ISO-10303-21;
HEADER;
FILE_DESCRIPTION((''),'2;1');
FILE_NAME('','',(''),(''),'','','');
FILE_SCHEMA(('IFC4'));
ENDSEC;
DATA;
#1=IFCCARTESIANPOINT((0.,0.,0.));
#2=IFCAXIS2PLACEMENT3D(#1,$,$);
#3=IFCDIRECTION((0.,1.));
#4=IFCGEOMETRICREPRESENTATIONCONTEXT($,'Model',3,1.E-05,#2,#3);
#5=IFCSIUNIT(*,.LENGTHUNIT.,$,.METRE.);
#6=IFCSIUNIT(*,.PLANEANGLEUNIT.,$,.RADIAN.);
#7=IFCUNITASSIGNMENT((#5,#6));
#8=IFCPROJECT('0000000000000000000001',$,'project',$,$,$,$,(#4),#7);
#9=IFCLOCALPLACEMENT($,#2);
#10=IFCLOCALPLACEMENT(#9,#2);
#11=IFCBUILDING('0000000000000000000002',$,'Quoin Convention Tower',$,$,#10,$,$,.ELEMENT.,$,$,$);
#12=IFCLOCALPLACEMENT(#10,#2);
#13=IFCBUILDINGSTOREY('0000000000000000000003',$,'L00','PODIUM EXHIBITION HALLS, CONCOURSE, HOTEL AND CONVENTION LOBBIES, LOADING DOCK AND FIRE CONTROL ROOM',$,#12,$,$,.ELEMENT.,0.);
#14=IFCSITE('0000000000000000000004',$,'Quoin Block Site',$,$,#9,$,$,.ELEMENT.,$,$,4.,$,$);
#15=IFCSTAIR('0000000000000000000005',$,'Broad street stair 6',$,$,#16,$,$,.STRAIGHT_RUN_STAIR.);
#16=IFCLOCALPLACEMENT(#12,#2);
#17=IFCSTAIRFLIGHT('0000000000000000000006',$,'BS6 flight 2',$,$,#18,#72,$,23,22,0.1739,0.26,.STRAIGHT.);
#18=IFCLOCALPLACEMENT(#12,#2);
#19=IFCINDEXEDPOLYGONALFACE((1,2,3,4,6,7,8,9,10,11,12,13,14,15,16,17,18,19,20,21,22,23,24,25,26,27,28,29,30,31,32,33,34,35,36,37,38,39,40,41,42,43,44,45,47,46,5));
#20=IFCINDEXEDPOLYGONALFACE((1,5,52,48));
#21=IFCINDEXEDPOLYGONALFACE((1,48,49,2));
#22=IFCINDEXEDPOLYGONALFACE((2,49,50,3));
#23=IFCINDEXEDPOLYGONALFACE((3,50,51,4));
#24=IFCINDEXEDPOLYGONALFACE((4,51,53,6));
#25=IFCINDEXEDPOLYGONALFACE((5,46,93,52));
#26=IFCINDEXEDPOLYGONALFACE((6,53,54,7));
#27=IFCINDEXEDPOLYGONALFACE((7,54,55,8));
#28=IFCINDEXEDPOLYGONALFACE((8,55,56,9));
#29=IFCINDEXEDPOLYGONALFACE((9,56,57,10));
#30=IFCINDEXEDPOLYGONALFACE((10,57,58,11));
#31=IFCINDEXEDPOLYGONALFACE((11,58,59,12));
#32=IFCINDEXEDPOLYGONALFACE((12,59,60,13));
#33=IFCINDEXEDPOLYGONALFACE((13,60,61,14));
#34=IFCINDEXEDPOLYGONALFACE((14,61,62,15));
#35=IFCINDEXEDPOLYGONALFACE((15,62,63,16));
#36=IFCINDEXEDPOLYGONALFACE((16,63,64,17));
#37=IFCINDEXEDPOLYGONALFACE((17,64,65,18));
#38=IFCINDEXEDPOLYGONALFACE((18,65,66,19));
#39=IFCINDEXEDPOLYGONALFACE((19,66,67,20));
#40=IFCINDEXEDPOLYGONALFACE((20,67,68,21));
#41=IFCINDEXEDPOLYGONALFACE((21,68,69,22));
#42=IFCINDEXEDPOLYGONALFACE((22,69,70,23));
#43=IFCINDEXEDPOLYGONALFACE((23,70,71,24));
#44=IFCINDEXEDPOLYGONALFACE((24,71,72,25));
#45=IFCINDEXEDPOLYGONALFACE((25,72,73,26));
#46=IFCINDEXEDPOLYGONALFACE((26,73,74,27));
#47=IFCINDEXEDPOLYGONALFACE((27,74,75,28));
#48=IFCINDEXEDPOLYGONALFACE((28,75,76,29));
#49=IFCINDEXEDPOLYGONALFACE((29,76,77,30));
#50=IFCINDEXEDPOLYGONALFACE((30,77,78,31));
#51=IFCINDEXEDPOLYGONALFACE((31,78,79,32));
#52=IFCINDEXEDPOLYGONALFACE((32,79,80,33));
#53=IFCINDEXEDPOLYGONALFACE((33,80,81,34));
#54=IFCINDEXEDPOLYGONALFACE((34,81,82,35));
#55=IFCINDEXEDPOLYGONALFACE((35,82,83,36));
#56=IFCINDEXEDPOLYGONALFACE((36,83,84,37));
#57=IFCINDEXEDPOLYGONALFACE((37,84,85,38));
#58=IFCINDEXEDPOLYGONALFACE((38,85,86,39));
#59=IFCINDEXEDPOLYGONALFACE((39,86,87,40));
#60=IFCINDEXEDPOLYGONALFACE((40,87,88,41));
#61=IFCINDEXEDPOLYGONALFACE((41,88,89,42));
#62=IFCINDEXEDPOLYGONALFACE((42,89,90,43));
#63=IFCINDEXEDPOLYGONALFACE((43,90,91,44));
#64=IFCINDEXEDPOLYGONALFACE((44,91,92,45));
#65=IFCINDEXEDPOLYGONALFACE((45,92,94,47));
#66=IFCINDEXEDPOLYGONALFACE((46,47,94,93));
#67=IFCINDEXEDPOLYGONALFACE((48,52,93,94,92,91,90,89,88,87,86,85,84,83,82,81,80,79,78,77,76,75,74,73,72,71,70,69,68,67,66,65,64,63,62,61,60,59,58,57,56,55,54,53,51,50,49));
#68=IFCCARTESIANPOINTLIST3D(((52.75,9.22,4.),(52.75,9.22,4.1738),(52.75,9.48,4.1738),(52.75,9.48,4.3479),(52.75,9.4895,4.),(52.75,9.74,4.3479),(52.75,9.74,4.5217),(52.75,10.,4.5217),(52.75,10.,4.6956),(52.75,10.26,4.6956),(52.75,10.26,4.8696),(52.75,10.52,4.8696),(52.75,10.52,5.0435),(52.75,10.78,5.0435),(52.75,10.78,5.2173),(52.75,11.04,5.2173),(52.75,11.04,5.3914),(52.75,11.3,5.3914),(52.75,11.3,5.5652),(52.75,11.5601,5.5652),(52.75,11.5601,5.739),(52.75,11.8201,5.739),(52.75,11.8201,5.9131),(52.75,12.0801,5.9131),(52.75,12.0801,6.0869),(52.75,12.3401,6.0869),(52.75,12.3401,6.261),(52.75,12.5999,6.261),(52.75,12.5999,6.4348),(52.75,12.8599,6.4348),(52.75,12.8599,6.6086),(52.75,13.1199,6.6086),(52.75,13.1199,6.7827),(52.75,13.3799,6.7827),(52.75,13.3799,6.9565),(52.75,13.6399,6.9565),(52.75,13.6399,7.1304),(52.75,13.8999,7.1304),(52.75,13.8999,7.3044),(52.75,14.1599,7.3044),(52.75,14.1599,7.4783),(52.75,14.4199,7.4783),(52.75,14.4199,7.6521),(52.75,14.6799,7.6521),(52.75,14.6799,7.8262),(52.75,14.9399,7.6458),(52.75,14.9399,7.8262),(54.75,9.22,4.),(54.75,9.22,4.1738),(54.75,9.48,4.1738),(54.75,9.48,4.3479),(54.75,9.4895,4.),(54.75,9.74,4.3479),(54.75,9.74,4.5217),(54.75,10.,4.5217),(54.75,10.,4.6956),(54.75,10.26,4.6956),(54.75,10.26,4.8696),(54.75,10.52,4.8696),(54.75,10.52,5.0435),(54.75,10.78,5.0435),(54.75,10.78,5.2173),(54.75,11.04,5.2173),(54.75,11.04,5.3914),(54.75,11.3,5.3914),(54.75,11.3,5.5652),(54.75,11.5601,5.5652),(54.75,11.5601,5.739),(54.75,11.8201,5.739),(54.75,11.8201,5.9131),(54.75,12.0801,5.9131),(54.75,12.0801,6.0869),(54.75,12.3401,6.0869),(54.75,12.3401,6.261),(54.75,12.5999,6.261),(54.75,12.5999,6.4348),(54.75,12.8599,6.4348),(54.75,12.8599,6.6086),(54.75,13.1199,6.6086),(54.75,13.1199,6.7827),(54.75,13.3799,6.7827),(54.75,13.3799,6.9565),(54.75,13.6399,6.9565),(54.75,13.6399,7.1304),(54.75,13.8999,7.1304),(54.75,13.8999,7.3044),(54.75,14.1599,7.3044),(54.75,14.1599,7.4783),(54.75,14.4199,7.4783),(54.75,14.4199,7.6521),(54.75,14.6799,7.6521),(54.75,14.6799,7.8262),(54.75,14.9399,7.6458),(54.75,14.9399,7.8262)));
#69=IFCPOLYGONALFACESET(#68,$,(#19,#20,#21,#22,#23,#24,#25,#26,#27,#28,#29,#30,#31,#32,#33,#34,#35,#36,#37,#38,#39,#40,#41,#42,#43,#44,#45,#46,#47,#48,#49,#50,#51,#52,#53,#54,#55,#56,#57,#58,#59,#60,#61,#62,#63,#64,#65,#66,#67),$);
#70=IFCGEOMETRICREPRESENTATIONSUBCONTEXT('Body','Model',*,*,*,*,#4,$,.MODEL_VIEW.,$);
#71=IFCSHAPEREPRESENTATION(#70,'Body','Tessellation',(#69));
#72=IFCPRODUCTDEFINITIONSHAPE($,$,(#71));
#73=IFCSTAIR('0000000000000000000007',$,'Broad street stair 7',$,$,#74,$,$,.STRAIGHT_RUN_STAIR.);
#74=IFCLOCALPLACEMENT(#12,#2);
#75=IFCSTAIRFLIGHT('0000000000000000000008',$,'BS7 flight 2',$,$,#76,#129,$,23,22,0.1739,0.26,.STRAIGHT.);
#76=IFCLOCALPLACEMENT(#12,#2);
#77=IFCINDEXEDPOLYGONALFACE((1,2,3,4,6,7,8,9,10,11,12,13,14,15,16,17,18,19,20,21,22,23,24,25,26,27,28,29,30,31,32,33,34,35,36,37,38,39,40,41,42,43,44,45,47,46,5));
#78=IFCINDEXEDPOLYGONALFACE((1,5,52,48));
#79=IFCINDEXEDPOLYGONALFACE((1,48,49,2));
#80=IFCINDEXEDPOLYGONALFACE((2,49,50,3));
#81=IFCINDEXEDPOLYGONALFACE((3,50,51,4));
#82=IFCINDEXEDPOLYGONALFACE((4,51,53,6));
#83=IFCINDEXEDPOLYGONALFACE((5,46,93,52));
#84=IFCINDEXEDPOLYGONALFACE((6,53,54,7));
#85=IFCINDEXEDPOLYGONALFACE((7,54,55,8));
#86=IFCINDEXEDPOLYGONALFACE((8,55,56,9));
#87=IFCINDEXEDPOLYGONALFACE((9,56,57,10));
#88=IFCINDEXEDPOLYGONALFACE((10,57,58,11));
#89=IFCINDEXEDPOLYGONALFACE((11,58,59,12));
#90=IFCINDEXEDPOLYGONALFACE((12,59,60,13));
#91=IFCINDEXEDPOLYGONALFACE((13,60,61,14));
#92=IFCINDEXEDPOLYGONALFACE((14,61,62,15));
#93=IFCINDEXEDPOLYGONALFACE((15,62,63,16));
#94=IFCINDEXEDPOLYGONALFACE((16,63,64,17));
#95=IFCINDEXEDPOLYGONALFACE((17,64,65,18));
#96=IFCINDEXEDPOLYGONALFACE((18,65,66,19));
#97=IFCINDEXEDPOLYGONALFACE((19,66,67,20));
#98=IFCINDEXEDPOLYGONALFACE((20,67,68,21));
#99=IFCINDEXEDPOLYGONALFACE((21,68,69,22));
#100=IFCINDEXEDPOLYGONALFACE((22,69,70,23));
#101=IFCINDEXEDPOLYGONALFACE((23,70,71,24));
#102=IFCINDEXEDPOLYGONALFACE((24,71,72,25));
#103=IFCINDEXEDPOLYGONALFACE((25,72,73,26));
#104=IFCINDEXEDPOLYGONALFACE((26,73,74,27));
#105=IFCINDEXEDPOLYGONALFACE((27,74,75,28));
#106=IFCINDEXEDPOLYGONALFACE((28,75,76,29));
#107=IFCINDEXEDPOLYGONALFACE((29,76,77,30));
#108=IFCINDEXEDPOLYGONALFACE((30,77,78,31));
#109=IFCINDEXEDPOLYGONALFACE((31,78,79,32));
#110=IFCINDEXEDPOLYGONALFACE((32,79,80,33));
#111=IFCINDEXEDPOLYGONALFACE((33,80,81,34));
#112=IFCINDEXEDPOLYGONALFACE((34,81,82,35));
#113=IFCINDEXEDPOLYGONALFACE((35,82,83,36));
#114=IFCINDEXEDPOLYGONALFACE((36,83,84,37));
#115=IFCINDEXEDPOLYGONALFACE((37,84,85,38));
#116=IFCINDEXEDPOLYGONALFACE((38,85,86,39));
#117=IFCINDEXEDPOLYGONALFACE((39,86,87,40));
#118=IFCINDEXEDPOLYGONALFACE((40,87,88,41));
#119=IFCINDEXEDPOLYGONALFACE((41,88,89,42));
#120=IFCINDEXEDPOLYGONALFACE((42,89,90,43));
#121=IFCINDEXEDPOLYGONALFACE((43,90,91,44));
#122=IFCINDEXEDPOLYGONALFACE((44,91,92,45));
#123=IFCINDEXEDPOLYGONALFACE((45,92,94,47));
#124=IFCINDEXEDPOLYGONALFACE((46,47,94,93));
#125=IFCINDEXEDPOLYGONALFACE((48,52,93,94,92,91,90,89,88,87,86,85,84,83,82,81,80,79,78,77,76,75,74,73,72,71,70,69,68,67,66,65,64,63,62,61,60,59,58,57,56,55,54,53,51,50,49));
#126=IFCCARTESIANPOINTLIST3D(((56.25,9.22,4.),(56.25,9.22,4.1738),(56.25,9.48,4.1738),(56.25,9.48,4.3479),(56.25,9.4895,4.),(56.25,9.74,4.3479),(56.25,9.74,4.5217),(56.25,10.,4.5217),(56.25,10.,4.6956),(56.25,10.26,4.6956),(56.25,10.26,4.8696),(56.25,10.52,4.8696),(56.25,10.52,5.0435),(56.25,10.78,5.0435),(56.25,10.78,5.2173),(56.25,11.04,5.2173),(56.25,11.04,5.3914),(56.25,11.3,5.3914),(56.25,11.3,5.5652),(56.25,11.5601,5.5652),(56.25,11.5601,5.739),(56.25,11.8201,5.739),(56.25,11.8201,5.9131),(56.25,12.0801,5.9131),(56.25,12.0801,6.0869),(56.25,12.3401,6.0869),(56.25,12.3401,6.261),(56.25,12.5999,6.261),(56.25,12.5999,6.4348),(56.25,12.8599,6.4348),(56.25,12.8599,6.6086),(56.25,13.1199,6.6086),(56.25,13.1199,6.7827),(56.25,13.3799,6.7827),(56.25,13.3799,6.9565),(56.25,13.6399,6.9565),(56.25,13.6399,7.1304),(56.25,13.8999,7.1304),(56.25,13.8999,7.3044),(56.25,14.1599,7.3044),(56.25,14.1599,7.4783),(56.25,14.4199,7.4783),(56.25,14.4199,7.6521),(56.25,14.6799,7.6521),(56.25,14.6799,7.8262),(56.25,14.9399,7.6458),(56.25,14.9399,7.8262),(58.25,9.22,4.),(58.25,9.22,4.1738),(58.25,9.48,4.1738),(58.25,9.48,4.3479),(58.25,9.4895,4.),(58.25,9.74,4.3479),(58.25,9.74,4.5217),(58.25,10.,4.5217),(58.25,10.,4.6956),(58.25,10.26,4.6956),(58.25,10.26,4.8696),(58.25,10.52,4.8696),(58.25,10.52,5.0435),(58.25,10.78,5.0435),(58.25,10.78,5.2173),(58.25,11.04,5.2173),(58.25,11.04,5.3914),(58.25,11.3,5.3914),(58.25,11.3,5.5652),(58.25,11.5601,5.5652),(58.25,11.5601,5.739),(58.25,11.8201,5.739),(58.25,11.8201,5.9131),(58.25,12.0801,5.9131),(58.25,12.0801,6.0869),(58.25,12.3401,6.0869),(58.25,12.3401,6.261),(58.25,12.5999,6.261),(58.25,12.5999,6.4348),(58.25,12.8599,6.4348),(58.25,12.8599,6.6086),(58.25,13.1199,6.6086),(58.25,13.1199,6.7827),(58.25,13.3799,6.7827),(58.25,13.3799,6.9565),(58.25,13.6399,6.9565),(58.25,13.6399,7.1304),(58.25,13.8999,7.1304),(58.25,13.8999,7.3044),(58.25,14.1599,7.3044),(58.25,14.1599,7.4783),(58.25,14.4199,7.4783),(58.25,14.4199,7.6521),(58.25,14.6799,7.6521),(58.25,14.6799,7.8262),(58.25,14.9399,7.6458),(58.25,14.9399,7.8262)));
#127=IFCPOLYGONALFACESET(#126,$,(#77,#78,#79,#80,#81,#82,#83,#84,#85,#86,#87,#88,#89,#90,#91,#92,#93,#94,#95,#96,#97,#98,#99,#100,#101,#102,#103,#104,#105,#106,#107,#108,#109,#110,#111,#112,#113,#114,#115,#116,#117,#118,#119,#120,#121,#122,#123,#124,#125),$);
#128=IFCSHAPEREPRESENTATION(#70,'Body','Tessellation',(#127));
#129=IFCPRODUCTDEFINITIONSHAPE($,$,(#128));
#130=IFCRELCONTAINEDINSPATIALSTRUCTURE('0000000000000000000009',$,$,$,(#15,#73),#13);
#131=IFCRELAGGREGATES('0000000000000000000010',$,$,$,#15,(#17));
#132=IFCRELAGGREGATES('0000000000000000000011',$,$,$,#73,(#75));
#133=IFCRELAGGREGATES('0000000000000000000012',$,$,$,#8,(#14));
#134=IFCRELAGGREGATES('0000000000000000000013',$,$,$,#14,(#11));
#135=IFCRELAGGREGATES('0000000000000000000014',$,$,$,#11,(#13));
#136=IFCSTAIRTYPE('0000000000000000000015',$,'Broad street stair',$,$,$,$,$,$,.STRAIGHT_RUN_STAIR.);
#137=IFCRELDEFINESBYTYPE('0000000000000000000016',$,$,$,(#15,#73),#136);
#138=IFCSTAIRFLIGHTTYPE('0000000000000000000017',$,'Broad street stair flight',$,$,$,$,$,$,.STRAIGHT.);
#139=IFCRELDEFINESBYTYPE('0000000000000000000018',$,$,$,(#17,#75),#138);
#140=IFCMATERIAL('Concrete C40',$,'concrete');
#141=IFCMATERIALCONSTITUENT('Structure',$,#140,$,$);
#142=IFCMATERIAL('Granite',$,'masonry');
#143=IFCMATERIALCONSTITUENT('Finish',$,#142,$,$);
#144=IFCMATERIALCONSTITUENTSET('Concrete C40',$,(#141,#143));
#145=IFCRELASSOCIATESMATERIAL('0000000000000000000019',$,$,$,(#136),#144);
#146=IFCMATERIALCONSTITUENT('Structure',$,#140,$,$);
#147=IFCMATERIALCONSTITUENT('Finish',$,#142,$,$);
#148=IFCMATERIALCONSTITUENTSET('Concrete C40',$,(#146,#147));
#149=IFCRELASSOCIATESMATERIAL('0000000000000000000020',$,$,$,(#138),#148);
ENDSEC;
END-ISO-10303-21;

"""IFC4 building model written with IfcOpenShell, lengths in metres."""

from ifc_helpers import new_model, si_unit, direction, frame, origin, place, context, subcontext, project, spatial, polyline, outline, extrude, material, constituent, constituent_set, type_object, element, aggregate, save


model = new_model("IFC4")

# Units and contexts
model_context = context("Model", 3, precision=1e-05, world=origin(), true_north=direction((0.0, 1.0)))
body_context = subcontext(model_context, "Body", "Model", "MODEL_VIEW")
ifc_project = project(units=[si_unit("LENGTHUNIT", "METRE"), si_unit("PLANEANGLEUNIT", "RADIAN")], contexts=[model_context])

# Site, building, storey
site_placement = place(None, origin())
site = spatial("IfcSite", under=ifc_project, at=site_placement, Name="Quoin Block Site", CompositionType="ELEMENT", RefElevation=4.0)
building_placement = place(site_placement, origin())
building = spatial("IfcBuilding", under=site, at=building_placement, Name="Quoin Convention Tower", CompositionType="ELEMENT")
storey_placement = place(building_placement, origin())
storey = spatial("IfcBuildingStorey", under=building, at=storey_placement, Name="L00", Description="PODIUM EXHIBITION HALLS, CONCOURSE, HOTEL AND CONVENTION LOBBIES, LOADING DOCK AND FIRE CONTROL ROOM", CompositionType="ELEMENT", Elevation=0.0)

# Shared definitions
ifc_material_1 = material(Name="Concrete C40", Category="concrete")

# Stairs, stair flights
ifc_constituent_1 = constituent(ifc_material_1, Name="Structure")
ifc_material_2 = material(Name="Granite", Category="masonry")
ifc_constituent_2 = constituent(ifc_material_2, Name="Finish")
ifc_constituent_set_1 = constituent_set(constituents=[ifc_constituent_1, ifc_constituent_2], Name="Concrete C40")
stair_type = type_object("IfcStairType", Name="Broad street stair", PredefinedType="STRAIGHT_RUN_STAIR", material=ifc_constituent_set_1)
ifc_constituent_3 = constituent(ifc_material_1, Name="Structure")
ifc_constituent_4 = constituent(ifc_material_2, Name="Finish")
ifc_constituent_set_2 = constituent_set(constituents=[ifc_constituent_3, ifc_constituent_4], Name="Concrete C40")
stair_flight_type = type_object("IfcStairFlightType", Name="Broad street stair flight", PredefinedType="STRAIGHT", material=ifc_constituent_set_2)
stair_1_placement = place(storey_placement, origin())
stair_1 = element("IfcStair", 1, at=stair_1_placement, inside=storey, type_object=stair_type, Name="Broad street stair 6", PredefinedType="STRAIGHT_RUN_STAIR")
stair_flight_1_placement = place(storey_placement, frame((53.75, 9.22, 4.0), z_axis=(0.0, 0.0, 1.0), x_axis=(0.0, 1.0, 0.0)))
stair_flight_1 = element("IfcStairFlight", 2, at=stair_flight_1_placement, type_object=stair_flight_type, Name="BS6 flight 2", NumberOfRisers=23, NumberOfTreads=22, PredefinedType="STRAIGHT", RiserHeight=0.1739, TreadLength=0.26, context=body_context, shape_type="SweptSolid", body=[
    extrude(outline(polyline([(0.0, 0.0), (0.0, 0.1738), (0.26, 0.1738), (0.26, 0.3479), (0.52, 0.3479), (0.52, 0.5217), (0.78, 0.5217), (0.78, 0.6956), (1.04, 0.6956), (1.04, 0.8696), (1.3, 0.8696), (1.3, 1.0435), (1.5601, 1.0435), (1.5601, 1.2173), (1.8201, 1.2173), (1.8201, 1.3914), (2.0801, 1.3914), (2.0801, 1.5652), (2.3401, 1.5652), (2.3401, 1.739), (2.6001, 1.739), (2.6001, 1.9131), (2.8601, 1.9131), (2.8601, 2.0869), (3.1201, 2.0869), (3.1201, 2.261), (3.3799, 2.261), (3.3799, 2.4348), (3.6399, 2.4348), (3.6399, 2.6086), (3.8999, 2.6086), (3.8999, 2.7827), (4.1599, 2.7827), (4.1599, 2.9565), (4.4199, 2.9565), (4.4199, 3.1304), (4.6799, 3.1304), (4.6799, 3.3044), (4.9399, 3.3044), (4.9399, 3.4783), (5.2, 3.4783), (5.2, 3.6521), (5.46, 3.6521), (5.46, 3.8262), (5.72, 3.8262), (5.72, 4.0), (5.72, 3.6458), (0.2695, 0.0), (0.0, 0.0)])), frame((0.0, 1.0, 0.0), z_axis=(0.0, -1.0, 0.0), x_axis=(1.0, 0.0, 0.0)), (0.0, 0.0, 1.0), 2.0),
])
aggregate(stair_1, [stair_flight_1])
stair_2_placement = place(storey_placement, origin())
stair_2 = element("IfcStair", 3, at=stair_2_placement, inside=storey, type_object=stair_type, Name="Broad street stair 7", PredefinedType="STRAIGHT_RUN_STAIR")
stair_flight_2_placement = place(storey_placement, frame((57.25, 9.22, 4.0), z_axis=(0.0, 0.0, 1.0), x_axis=(0.0, 1.0, 0.0)))
stair_flight_2 = element("IfcStairFlight", 4, at=stair_flight_2_placement, type_object=stair_flight_type, Name="BS7 flight 2", NumberOfRisers=23, NumberOfTreads=22, PredefinedType="STRAIGHT", RiserHeight=0.1739, TreadLength=0.26, context=body_context, shape_type="SweptSolid", body=[
    extrude(outline(polyline([(0.0, 0.0), (0.0, 0.1738), (0.26, 0.1738), (0.26, 0.3479), (0.52, 0.3479), (0.52, 0.5217), (0.78, 0.5217), (0.78, 0.6956), (1.04, 0.6956), (1.04, 0.8696), (1.3, 0.8696), (1.3, 1.0435), (1.5601, 1.0435), (1.5601, 1.2173), (1.8201, 1.2173), (1.8201, 1.3914), (2.0801, 1.3914), (2.0801, 1.5652), (2.3401, 1.5652), (2.3401, 1.739), (2.6001, 1.739), (2.6001, 1.9131), (2.8601, 1.9131), (2.8601, 2.0869), (3.1201, 2.0869), (3.1201, 2.261), (3.3799, 2.261), (3.3799, 2.4348), (3.6399, 2.4348), (3.6399, 2.6086), (3.8999, 2.6086), (3.8999, 2.7827), (4.1599, 2.7827), (4.1599, 2.9565), (4.4199, 2.9565), (4.4199, 3.1304), (4.6799, 3.1304), (4.6799, 3.3044), (4.9399, 3.3044), (4.9399, 3.4783), (5.2, 3.4783), (5.2, 3.6521), (5.46, 3.6521), (5.46, 3.8262), (5.72, 3.8262), (5.72, 4.0), (5.72, 3.6458), (0.2695, 0.0), (0.0, 0.0)])), frame((0.0, 1.0, 0.0), z_axis=(0.0, -1.0, 0.0), x_axis=(1.0, 0.0, 0.0)), (0.0, 0.0, 1.0), 2.0),
])
aggregate(stair_2, [stair_flight_2])

save(model, "model.ifc")
